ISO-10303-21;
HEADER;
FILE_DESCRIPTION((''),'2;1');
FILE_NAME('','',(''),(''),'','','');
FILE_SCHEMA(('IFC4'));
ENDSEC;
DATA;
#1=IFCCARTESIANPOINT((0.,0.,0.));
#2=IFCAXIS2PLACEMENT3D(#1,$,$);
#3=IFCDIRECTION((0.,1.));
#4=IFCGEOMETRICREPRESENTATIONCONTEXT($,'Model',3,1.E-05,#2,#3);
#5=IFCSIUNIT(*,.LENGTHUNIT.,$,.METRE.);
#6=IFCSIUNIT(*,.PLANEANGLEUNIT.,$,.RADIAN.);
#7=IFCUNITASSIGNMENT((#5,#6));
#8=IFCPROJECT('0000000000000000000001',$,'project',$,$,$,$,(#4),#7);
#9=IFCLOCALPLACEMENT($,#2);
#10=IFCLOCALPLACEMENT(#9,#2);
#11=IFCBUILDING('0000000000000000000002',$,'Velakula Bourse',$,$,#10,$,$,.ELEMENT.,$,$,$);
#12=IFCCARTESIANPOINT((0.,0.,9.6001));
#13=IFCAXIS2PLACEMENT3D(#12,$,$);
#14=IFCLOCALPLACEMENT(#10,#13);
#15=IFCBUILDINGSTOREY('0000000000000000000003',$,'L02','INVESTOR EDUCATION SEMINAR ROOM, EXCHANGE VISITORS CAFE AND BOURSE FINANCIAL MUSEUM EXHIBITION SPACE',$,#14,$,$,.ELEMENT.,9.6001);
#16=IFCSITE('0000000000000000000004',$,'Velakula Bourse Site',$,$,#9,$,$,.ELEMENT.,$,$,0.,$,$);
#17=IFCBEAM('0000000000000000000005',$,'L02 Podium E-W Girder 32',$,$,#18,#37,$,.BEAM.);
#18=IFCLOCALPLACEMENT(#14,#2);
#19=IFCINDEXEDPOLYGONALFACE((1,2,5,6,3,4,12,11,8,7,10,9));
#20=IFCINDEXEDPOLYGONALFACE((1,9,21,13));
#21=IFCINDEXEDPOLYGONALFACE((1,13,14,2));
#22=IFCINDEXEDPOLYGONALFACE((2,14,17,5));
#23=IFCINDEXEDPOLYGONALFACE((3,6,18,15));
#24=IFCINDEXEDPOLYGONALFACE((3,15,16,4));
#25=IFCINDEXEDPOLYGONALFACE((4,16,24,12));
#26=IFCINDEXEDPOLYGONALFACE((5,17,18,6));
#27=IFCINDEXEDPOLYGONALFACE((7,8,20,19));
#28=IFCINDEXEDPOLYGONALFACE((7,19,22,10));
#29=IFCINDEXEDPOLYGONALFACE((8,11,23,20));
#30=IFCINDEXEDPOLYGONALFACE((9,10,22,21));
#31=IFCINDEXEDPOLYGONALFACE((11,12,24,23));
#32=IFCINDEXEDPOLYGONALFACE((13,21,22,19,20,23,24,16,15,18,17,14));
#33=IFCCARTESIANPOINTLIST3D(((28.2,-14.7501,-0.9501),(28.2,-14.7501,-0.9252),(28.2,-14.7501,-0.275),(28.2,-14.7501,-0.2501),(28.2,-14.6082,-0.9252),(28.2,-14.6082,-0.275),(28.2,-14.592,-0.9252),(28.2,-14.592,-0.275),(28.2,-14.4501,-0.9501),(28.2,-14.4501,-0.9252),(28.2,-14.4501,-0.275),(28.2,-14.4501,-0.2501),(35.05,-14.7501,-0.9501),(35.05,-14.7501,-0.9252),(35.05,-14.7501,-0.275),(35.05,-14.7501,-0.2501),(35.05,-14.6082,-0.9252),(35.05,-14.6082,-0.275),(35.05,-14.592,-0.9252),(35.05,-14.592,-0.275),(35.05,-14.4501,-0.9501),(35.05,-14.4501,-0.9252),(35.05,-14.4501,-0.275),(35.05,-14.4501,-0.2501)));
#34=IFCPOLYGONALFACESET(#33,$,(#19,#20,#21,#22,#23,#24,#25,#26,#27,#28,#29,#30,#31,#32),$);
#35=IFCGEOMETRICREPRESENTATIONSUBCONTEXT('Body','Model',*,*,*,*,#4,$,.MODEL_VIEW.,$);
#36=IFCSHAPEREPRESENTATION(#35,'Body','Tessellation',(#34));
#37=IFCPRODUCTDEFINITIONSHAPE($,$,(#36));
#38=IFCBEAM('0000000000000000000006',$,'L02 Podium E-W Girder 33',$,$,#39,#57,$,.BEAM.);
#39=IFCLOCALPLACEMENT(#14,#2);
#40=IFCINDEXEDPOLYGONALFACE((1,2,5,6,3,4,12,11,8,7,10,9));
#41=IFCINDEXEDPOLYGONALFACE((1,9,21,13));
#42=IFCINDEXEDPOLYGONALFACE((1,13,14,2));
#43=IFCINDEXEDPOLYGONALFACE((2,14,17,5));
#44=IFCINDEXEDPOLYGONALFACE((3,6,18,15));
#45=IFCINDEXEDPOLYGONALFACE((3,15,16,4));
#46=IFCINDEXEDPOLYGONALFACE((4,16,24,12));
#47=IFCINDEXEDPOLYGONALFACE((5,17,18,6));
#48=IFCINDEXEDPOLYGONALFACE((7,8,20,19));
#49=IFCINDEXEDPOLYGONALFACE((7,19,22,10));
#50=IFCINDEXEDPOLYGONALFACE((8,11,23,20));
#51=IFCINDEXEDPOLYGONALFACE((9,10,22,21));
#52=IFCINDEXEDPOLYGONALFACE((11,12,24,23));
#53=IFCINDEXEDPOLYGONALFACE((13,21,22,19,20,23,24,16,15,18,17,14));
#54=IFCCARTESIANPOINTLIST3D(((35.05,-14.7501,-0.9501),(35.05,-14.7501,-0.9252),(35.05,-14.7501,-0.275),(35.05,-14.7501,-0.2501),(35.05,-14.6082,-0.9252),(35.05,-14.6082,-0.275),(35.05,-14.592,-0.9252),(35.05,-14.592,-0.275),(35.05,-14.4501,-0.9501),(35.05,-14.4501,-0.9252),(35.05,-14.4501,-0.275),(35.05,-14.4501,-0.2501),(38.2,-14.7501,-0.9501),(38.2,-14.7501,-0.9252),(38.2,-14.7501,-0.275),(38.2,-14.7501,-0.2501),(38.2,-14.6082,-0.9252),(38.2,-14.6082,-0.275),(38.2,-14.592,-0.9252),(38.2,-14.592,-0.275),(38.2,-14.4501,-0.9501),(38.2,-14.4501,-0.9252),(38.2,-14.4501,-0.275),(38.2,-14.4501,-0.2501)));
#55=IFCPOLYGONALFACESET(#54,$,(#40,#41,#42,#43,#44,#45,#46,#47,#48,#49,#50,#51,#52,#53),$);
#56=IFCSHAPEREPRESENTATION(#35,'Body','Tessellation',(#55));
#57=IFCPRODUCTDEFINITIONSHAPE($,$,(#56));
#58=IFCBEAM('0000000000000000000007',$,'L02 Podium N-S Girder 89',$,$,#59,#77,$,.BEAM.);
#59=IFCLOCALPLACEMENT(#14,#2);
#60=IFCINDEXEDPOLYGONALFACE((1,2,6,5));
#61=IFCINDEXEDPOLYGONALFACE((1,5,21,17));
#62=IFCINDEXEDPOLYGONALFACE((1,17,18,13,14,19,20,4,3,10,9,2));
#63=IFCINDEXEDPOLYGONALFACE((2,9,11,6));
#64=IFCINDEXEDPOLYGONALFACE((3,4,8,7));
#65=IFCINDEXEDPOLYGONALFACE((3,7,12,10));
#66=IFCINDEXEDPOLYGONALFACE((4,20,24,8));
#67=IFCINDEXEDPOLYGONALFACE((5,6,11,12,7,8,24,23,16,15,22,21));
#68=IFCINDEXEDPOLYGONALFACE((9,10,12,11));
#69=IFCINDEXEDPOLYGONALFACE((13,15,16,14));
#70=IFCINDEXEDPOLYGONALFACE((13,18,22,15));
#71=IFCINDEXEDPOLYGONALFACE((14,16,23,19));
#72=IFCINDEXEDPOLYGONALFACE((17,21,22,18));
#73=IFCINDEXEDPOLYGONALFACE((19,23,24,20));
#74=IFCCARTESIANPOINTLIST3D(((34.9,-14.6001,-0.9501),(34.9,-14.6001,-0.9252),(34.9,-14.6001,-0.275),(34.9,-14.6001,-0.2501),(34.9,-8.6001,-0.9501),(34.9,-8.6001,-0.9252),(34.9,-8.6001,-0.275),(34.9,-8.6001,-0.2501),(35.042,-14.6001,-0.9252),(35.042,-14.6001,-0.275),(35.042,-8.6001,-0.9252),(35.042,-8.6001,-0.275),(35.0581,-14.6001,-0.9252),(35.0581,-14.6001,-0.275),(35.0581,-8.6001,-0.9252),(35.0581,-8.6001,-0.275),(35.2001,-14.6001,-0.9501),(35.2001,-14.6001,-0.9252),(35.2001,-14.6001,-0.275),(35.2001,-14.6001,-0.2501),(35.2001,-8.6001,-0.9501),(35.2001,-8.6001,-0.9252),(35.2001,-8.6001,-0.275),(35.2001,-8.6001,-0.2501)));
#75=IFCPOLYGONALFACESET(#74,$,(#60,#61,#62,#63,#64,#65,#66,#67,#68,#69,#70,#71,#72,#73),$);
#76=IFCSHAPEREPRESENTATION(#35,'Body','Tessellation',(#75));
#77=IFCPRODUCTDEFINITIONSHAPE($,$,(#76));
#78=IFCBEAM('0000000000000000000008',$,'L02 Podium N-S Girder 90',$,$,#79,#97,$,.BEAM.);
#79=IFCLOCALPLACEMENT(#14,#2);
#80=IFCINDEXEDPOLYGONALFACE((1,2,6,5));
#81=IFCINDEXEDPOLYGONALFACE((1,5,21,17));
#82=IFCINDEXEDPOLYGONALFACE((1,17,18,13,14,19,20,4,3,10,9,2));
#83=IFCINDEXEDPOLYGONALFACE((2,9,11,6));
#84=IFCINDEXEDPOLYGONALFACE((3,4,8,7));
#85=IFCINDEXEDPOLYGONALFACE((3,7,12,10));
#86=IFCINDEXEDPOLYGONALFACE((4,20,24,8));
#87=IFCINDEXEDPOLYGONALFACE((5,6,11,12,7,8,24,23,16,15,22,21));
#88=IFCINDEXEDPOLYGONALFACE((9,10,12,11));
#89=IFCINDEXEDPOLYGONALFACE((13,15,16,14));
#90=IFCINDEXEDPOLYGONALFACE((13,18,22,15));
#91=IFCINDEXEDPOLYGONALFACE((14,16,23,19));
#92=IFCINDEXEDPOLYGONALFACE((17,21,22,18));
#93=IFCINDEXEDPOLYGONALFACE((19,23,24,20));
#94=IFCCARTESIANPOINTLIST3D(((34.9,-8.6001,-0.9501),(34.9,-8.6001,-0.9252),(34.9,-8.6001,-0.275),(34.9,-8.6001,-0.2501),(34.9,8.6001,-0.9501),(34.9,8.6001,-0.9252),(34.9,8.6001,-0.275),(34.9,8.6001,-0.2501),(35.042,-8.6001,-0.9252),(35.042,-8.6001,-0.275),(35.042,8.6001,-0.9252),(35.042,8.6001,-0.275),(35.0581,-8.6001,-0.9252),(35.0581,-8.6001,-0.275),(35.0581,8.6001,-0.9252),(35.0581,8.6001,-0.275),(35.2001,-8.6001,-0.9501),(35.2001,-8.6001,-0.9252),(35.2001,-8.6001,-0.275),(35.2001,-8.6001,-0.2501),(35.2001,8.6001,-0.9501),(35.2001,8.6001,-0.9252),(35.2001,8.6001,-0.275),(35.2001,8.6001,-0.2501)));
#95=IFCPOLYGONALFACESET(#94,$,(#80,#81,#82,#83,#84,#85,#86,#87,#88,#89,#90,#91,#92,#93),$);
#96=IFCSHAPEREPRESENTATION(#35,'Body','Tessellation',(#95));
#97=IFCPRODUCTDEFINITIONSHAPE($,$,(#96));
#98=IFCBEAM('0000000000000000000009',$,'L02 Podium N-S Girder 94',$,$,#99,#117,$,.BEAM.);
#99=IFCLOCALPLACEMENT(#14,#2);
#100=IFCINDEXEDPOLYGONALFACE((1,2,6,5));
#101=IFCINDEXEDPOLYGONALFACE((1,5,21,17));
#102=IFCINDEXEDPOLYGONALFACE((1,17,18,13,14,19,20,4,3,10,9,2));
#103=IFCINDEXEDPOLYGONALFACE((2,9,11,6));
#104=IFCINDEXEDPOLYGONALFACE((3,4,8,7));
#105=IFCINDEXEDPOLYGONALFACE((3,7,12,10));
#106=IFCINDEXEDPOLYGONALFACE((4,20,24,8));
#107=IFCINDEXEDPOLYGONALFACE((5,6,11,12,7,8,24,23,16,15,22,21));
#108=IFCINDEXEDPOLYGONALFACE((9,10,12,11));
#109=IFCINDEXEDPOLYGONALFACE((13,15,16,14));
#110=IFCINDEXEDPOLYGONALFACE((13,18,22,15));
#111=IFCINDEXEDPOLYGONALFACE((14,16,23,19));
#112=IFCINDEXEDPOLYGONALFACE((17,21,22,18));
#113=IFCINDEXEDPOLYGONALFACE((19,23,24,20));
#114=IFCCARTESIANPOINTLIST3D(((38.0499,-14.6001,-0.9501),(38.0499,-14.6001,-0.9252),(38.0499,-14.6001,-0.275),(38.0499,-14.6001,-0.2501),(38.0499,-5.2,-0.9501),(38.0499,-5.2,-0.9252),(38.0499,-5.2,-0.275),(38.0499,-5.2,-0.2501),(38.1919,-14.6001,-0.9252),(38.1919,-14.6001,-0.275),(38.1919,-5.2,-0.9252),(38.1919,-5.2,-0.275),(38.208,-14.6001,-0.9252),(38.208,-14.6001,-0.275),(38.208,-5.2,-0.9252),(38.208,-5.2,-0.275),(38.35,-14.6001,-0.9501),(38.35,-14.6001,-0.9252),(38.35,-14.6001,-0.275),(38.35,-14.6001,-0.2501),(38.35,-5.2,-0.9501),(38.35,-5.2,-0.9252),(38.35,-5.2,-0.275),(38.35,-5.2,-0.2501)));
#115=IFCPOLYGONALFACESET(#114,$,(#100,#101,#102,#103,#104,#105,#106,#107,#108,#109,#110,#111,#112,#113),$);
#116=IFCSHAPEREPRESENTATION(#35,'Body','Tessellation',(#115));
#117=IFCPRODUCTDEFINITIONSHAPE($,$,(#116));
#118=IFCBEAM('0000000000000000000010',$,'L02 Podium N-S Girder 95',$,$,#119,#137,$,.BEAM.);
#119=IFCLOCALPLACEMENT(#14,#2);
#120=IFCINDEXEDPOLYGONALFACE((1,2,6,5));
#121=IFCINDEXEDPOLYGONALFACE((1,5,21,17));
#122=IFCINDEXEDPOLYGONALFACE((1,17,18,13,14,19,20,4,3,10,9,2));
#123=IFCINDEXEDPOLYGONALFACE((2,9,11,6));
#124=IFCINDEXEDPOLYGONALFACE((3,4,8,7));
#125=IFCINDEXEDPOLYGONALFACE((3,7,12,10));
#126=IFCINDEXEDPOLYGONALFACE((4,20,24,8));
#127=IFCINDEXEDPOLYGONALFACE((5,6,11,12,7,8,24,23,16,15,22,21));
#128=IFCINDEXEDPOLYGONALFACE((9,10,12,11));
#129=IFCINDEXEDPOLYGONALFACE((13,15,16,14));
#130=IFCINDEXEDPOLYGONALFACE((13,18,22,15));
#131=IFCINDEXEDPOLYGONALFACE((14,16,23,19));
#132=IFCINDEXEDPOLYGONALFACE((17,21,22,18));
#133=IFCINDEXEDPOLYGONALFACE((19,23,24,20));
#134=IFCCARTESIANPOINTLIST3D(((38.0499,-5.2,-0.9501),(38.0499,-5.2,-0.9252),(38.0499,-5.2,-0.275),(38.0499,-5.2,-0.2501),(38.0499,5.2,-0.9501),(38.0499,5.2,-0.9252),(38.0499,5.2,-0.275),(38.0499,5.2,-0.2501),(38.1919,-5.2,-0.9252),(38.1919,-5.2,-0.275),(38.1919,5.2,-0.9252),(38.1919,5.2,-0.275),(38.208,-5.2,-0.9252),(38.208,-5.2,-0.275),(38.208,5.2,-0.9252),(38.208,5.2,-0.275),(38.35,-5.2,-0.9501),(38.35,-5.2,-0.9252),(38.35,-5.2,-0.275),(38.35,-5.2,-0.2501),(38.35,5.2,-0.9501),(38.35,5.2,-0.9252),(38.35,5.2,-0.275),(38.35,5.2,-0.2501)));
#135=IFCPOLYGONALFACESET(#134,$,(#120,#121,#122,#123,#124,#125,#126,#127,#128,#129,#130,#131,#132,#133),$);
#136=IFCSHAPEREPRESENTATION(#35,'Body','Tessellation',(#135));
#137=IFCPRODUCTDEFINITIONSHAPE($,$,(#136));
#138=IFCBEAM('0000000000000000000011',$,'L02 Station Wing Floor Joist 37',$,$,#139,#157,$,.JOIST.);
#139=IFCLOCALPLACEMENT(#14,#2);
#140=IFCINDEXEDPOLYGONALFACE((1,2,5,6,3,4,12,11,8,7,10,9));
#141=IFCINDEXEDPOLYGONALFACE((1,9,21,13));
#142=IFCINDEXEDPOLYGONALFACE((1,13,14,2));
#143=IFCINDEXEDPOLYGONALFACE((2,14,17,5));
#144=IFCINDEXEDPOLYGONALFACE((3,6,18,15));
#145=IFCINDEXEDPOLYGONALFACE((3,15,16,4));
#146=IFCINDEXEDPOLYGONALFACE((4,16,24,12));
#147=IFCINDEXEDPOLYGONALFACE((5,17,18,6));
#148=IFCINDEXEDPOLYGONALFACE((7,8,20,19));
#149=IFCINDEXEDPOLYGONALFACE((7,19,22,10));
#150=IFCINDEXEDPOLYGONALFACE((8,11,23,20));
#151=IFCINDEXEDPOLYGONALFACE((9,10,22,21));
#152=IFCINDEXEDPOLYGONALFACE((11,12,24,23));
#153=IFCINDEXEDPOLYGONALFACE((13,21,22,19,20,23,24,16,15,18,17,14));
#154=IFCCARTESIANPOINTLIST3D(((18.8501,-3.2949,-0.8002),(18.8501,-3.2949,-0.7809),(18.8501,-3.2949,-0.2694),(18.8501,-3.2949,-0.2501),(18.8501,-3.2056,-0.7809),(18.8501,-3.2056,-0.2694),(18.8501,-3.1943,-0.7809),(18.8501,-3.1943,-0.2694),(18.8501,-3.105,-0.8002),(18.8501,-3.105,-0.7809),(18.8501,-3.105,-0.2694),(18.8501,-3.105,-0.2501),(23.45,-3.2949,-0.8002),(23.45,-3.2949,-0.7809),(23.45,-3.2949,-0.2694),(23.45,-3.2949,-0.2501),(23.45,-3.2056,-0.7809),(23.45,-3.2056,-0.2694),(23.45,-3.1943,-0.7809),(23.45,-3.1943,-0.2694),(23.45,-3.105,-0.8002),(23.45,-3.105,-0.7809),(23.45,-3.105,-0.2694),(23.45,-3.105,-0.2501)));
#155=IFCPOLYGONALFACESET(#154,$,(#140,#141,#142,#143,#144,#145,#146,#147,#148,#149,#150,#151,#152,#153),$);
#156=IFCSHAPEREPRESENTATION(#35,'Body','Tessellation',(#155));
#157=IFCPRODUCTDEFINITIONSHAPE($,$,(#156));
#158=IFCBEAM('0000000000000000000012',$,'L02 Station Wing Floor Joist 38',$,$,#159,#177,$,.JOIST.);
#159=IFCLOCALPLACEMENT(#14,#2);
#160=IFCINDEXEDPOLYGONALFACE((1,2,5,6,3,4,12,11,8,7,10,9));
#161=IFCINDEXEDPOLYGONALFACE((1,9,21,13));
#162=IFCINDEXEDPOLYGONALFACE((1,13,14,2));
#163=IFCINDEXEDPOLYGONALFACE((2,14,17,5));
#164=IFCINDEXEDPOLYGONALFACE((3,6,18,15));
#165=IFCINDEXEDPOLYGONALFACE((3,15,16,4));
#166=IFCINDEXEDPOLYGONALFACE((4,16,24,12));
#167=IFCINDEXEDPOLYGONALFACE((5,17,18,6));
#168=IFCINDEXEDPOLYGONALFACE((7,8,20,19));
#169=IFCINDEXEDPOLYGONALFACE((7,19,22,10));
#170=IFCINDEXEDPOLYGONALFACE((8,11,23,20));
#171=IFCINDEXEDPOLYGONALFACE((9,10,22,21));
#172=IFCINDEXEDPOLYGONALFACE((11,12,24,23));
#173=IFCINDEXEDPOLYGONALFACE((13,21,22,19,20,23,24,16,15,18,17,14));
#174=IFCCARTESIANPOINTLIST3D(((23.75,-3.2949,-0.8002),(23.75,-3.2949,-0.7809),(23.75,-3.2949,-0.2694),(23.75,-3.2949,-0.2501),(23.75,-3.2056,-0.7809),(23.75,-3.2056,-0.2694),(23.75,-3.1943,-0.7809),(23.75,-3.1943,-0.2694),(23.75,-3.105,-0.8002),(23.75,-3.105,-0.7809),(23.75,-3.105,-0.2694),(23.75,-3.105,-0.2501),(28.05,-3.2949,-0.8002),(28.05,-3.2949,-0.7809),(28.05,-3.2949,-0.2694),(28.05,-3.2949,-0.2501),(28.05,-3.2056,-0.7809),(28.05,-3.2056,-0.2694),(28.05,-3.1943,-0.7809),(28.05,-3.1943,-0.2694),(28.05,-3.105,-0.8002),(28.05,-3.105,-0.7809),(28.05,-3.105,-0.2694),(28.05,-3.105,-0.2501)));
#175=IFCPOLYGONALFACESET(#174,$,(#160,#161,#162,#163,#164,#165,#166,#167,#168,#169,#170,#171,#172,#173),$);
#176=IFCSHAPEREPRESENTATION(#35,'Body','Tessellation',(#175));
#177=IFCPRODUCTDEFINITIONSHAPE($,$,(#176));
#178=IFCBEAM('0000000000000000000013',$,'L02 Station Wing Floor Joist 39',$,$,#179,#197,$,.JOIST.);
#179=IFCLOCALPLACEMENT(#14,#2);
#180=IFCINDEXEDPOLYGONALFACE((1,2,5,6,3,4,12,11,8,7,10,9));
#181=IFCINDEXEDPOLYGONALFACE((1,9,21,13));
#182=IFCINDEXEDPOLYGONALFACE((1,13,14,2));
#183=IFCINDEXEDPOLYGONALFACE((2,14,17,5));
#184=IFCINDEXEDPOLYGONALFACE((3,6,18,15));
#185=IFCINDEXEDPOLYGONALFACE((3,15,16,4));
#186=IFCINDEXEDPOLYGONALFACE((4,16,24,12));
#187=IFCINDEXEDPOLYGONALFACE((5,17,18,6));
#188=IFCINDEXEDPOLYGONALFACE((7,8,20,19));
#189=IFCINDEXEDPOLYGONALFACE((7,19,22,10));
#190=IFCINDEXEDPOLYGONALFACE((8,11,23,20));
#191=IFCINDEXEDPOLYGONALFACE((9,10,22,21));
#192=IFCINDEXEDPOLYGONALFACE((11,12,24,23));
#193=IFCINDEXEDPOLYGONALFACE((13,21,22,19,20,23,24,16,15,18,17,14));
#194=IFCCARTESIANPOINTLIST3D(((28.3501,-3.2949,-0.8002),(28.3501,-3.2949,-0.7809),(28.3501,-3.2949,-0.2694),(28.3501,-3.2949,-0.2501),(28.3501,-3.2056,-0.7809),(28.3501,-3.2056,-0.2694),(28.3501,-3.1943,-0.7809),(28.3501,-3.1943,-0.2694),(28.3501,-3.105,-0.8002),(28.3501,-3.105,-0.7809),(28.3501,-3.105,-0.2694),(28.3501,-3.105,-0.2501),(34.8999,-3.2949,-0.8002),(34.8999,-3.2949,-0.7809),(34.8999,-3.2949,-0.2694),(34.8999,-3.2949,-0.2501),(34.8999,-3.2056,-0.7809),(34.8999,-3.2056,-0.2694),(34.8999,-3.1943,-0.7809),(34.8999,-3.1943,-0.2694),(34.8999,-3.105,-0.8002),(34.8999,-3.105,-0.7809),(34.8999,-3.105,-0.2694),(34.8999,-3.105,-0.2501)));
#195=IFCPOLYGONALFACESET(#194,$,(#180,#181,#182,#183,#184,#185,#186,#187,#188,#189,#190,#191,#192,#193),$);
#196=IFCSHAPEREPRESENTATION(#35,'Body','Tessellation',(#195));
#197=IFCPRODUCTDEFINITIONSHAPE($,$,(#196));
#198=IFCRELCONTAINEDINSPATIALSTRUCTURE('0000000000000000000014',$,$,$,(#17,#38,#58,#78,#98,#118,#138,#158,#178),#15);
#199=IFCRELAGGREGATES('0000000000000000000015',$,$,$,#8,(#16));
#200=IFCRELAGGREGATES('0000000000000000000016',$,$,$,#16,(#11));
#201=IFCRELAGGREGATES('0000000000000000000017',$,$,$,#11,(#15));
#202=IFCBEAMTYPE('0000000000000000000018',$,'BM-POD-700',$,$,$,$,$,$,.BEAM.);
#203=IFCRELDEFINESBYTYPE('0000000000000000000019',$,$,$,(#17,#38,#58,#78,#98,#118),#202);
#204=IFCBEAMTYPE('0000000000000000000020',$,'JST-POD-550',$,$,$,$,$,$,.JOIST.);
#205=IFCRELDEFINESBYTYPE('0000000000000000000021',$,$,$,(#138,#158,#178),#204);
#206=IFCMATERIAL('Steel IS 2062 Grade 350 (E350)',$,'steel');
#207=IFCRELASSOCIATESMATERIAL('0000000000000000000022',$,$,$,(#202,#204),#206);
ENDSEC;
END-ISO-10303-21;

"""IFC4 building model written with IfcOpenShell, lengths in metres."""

from ifc_helpers import new_model, si_unit, direction, frame, origin, origin_2d, place, context, subcontext, project, spatial, i_section, extrude, material, material_profile, profile_set, type_object, element, save


model = new_model("IFC4")

# Units and contexts
model_context = context("Model", 3, precision=1e-05, world=origin(), true_north=direction((0.0, 1.0)))
body_context = subcontext(model_context, "Body", "Model", "MODEL_VIEW")
ifc_project = project(units=[si_unit("LENGTHUNIT", "METRE"), si_unit("PLANEANGLEUNIT", "RADIAN")], contexts=[model_context])

# Site, building, storey
site_placement = place(None, origin())
site = spatial("IfcSite", under=ifc_project, at=site_placement, Name="Velakula Bourse Site", CompositionType="ELEMENT", RefElevation=0.0)
building_placement = place(site_placement, origin())
building = spatial("IfcBuilding", under=site, at=building_placement, Name="Velakula Bourse", CompositionType="ELEMENT")
storey_placement = place(building_placement, frame((0.0, 0.0, 9.6001)))
storey = spatial("IfcBuildingStorey", under=building, at=storey_placement, Name="L02", Description="INVESTOR EDUCATION SEMINAR ROOM, EXCHANGE VISITORS CAFE AND BOURSE FINANCIAL MUSEUM EXHIBITION SPACE", CompositionType="ELEMENT", Elevation=9.6001)

# Beams
ifc_material_1 = material(Name="Steel IS 2062 Grade 350 (E350)", Category="steel")
ifc_material_profile_1 = material_profile(ifc_material_1, i_section(OverallWidth=0.3, OverallDepth=0.7, WebThickness=0.0161, FlangeThickness=0.0249, at=origin_2d()), Name="Steel IS 2062 Grade 350 (E350)")
ifc_profile_set_1 = profile_set([ifc_material_profile_1], Name="Steel IS 2062 Grade 350 (E350)")
beam_type_1 = type_object("IfcBeamType", Name="BM-POD-700", PredefinedType="BEAM", material=ifc_profile_set_1)
beam_1_placement = place(storey_placement, frame((28.2, -14.6001, -0.6001), z_axis=(1.0, 0.0, 0.0), x_axis=(0.0, 1.0, 0.0)))
element("IfcBeam", 1, at=beam_1_placement, inside=storey, type_object=beam_type_1, Name="L02 Podium E-W Girder 32", PredefinedType="BEAM", context=body_context, shape_type="SweptSolid", body=[
    extrude(i_section(OverallWidth=0.3, OverallDepth=0.7, WebThickness=0.0161, FlangeThickness=0.0249, at=origin_2d()), origin(), (0.0, 0.0, 1.0), 6.8501),
])
beam_2_placement = place(storey_placement, frame((35.05, -14.6001, -0.6001), z_axis=(1.0, 0.0, 0.0), x_axis=(0.0, 1.0, 0.0)))
element("IfcBeam", 2, at=beam_2_placement, inside=storey, type_object=beam_type_1, Name="L02 Podium E-W Girder 33", PredefinedType="BEAM", context=body_context, shape_type="SweptSolid", body=[
    extrude(i_section(OverallWidth=0.3, OverallDepth=0.7, WebThickness=0.0161, FlangeThickness=0.0249, at=origin_2d()), origin(), (0.0, 0.0, 1.0), 3.1499),
])
beam_3_placement = place(storey_placement, frame((35.05, -14.6001, -0.6001), z_axis=(0.0, 1.0, 0.0), x_axis=(-1.0, 0.0, 0.0)))
element("IfcBeam", 3, at=beam_3_placement, inside=storey, type_object=beam_type_1, Name="L02 Podium N-S Girder 89", PredefinedType="BEAM", context=body_context, shape_type="SweptSolid", body=[
    extrude(i_section(OverallWidth=0.3, OverallDepth=0.7, WebThickness=0.0161, FlangeThickness=0.0249, at=origin_2d()), origin(), (0.0, 0.0, 1.0), 6.0),
])
beam_4_placement = place(storey_placement, frame((35.05, -8.6001, -0.6001), z_axis=(0.0, 1.0, 0.0), x_axis=(-1.0, 0.0, 0.0)))
element("IfcBeam", 4, at=beam_4_placement, inside=storey, type_object=beam_type_1, Name="L02 Podium N-S Girder 90", PredefinedType="BEAM", context=body_context, shape_type="SweptSolid", body=[
    extrude(i_section(OverallWidth=0.3, OverallDepth=0.7, WebThickness=0.0161, FlangeThickness=0.0249, at=origin_2d()), origin(), (0.0, 0.0, 1.0), 17.2002),
])
beam_5_placement = place(storey_placement, frame((38.2, -14.6001, -0.6001), z_axis=(0.0, 1.0, 0.0), x_axis=(-1.0, 0.0, 0.0)))
element("IfcBeam", 5, at=beam_5_placement, inside=storey, type_object=beam_type_1, Name="L02 Podium N-S Girder 94", PredefinedType="BEAM", context=body_context, shape_type="SweptSolid", body=[
    extrude(i_section(OverallWidth=0.3, OverallDepth=0.7, WebThickness=0.0161, FlangeThickness=0.0249, at=origin_2d()), origin(), (0.0, 0.0, 1.0), 9.4001),
])
beam_6_placement = place(storey_placement, frame((38.2, -5.2, -0.6001), z_axis=(0.0, 1.0, 0.0), x_axis=(-1.0, 0.0, 0.0)))
element("IfcBeam", 6, at=beam_6_placement, inside=storey, type_object=beam_type_1, Name="L02 Podium N-S Girder 95", PredefinedType="BEAM", context=body_context, shape_type="SweptSolid", body=[
    extrude(i_section(OverallWidth=0.3, OverallDepth=0.7, WebThickness=0.0161, FlangeThickness=0.0249, at=origin_2d()), origin(), (0.0, 0.0, 1.0), 10.3999),
])
ifc_material_profile_2 = material_profile(ifc_material_1, i_section(OverallWidth=0.1899, OverallDepth=0.55, WebThickness=0.0112, FlangeThickness=0.0193, at=origin_2d()), Name="Steel IS 2062 Grade 350 (E350)")
ifc_profile_set_2 = profile_set([ifc_material_profile_2], Name="Steel IS 2062 Grade 350 (E350)")
beam_type_2 = type_object("IfcBeamType", Name="JST-POD-550", PredefinedType="JOIST", material=ifc_profile_set_2)
beam_7_placement = place(storey_placement, frame((18.8501, -3.2, -0.5251), z_axis=(1.0, 0.0, 0.0), x_axis=(0.0, 1.0, 0.0)))
element("IfcBeam", 7, at=beam_7_placement, inside=storey, type_object=beam_type_2, Name="L02 Station Wing Floor Joist 37", PredefinedType="JOIST", context=body_context, shape_type="SweptSolid", body=[
    extrude(i_section(OverallWidth=0.1899, OverallDepth=0.55, WebThickness=0.0112, FlangeThickness=0.0193, at=origin_2d()), origin(), (0.0, 0.0, 1.0), 4.5999),
])
beam_8_placement = place(storey_placement, frame((23.75, -3.2, -0.5251), z_axis=(1.0, 0.0, 0.0), x_axis=(0.0, 1.0, 0.0)))
element("IfcBeam", 8, at=beam_8_placement, inside=storey, type_object=beam_type_2, Name="L02 Station Wing Floor Joist 38", PredefinedType="JOIST", context=body_context, shape_type="SweptSolid", body=[
    extrude(i_section(OverallWidth=0.1899, OverallDepth=0.55, WebThickness=0.0112, FlangeThickness=0.0193, at=origin_2d()), origin(), (0.0, 0.0, 1.0), 4.3),
])
beam_9_placement = place(storey_placement, frame((28.3501, -3.2, -0.5251), z_axis=(1.0, 0.0, 0.0), x_axis=(0.0, 1.0, 0.0)))
element("IfcBeam", 9, at=beam_9_placement, inside=storey, type_object=beam_type_2, Name="L02 Station Wing Floor Joist 39", PredefinedType="JOIST", context=body_context, shape_type="SweptSolid", body=[
    extrude(i_section(OverallWidth=0.1899, OverallDepth=0.55, WebThickness=0.0112, FlangeThickness=0.0193, at=origin_2d()), origin(), (0.0, 0.0, 1.0), 6.5498),
])

save(model, "model.ifc")
